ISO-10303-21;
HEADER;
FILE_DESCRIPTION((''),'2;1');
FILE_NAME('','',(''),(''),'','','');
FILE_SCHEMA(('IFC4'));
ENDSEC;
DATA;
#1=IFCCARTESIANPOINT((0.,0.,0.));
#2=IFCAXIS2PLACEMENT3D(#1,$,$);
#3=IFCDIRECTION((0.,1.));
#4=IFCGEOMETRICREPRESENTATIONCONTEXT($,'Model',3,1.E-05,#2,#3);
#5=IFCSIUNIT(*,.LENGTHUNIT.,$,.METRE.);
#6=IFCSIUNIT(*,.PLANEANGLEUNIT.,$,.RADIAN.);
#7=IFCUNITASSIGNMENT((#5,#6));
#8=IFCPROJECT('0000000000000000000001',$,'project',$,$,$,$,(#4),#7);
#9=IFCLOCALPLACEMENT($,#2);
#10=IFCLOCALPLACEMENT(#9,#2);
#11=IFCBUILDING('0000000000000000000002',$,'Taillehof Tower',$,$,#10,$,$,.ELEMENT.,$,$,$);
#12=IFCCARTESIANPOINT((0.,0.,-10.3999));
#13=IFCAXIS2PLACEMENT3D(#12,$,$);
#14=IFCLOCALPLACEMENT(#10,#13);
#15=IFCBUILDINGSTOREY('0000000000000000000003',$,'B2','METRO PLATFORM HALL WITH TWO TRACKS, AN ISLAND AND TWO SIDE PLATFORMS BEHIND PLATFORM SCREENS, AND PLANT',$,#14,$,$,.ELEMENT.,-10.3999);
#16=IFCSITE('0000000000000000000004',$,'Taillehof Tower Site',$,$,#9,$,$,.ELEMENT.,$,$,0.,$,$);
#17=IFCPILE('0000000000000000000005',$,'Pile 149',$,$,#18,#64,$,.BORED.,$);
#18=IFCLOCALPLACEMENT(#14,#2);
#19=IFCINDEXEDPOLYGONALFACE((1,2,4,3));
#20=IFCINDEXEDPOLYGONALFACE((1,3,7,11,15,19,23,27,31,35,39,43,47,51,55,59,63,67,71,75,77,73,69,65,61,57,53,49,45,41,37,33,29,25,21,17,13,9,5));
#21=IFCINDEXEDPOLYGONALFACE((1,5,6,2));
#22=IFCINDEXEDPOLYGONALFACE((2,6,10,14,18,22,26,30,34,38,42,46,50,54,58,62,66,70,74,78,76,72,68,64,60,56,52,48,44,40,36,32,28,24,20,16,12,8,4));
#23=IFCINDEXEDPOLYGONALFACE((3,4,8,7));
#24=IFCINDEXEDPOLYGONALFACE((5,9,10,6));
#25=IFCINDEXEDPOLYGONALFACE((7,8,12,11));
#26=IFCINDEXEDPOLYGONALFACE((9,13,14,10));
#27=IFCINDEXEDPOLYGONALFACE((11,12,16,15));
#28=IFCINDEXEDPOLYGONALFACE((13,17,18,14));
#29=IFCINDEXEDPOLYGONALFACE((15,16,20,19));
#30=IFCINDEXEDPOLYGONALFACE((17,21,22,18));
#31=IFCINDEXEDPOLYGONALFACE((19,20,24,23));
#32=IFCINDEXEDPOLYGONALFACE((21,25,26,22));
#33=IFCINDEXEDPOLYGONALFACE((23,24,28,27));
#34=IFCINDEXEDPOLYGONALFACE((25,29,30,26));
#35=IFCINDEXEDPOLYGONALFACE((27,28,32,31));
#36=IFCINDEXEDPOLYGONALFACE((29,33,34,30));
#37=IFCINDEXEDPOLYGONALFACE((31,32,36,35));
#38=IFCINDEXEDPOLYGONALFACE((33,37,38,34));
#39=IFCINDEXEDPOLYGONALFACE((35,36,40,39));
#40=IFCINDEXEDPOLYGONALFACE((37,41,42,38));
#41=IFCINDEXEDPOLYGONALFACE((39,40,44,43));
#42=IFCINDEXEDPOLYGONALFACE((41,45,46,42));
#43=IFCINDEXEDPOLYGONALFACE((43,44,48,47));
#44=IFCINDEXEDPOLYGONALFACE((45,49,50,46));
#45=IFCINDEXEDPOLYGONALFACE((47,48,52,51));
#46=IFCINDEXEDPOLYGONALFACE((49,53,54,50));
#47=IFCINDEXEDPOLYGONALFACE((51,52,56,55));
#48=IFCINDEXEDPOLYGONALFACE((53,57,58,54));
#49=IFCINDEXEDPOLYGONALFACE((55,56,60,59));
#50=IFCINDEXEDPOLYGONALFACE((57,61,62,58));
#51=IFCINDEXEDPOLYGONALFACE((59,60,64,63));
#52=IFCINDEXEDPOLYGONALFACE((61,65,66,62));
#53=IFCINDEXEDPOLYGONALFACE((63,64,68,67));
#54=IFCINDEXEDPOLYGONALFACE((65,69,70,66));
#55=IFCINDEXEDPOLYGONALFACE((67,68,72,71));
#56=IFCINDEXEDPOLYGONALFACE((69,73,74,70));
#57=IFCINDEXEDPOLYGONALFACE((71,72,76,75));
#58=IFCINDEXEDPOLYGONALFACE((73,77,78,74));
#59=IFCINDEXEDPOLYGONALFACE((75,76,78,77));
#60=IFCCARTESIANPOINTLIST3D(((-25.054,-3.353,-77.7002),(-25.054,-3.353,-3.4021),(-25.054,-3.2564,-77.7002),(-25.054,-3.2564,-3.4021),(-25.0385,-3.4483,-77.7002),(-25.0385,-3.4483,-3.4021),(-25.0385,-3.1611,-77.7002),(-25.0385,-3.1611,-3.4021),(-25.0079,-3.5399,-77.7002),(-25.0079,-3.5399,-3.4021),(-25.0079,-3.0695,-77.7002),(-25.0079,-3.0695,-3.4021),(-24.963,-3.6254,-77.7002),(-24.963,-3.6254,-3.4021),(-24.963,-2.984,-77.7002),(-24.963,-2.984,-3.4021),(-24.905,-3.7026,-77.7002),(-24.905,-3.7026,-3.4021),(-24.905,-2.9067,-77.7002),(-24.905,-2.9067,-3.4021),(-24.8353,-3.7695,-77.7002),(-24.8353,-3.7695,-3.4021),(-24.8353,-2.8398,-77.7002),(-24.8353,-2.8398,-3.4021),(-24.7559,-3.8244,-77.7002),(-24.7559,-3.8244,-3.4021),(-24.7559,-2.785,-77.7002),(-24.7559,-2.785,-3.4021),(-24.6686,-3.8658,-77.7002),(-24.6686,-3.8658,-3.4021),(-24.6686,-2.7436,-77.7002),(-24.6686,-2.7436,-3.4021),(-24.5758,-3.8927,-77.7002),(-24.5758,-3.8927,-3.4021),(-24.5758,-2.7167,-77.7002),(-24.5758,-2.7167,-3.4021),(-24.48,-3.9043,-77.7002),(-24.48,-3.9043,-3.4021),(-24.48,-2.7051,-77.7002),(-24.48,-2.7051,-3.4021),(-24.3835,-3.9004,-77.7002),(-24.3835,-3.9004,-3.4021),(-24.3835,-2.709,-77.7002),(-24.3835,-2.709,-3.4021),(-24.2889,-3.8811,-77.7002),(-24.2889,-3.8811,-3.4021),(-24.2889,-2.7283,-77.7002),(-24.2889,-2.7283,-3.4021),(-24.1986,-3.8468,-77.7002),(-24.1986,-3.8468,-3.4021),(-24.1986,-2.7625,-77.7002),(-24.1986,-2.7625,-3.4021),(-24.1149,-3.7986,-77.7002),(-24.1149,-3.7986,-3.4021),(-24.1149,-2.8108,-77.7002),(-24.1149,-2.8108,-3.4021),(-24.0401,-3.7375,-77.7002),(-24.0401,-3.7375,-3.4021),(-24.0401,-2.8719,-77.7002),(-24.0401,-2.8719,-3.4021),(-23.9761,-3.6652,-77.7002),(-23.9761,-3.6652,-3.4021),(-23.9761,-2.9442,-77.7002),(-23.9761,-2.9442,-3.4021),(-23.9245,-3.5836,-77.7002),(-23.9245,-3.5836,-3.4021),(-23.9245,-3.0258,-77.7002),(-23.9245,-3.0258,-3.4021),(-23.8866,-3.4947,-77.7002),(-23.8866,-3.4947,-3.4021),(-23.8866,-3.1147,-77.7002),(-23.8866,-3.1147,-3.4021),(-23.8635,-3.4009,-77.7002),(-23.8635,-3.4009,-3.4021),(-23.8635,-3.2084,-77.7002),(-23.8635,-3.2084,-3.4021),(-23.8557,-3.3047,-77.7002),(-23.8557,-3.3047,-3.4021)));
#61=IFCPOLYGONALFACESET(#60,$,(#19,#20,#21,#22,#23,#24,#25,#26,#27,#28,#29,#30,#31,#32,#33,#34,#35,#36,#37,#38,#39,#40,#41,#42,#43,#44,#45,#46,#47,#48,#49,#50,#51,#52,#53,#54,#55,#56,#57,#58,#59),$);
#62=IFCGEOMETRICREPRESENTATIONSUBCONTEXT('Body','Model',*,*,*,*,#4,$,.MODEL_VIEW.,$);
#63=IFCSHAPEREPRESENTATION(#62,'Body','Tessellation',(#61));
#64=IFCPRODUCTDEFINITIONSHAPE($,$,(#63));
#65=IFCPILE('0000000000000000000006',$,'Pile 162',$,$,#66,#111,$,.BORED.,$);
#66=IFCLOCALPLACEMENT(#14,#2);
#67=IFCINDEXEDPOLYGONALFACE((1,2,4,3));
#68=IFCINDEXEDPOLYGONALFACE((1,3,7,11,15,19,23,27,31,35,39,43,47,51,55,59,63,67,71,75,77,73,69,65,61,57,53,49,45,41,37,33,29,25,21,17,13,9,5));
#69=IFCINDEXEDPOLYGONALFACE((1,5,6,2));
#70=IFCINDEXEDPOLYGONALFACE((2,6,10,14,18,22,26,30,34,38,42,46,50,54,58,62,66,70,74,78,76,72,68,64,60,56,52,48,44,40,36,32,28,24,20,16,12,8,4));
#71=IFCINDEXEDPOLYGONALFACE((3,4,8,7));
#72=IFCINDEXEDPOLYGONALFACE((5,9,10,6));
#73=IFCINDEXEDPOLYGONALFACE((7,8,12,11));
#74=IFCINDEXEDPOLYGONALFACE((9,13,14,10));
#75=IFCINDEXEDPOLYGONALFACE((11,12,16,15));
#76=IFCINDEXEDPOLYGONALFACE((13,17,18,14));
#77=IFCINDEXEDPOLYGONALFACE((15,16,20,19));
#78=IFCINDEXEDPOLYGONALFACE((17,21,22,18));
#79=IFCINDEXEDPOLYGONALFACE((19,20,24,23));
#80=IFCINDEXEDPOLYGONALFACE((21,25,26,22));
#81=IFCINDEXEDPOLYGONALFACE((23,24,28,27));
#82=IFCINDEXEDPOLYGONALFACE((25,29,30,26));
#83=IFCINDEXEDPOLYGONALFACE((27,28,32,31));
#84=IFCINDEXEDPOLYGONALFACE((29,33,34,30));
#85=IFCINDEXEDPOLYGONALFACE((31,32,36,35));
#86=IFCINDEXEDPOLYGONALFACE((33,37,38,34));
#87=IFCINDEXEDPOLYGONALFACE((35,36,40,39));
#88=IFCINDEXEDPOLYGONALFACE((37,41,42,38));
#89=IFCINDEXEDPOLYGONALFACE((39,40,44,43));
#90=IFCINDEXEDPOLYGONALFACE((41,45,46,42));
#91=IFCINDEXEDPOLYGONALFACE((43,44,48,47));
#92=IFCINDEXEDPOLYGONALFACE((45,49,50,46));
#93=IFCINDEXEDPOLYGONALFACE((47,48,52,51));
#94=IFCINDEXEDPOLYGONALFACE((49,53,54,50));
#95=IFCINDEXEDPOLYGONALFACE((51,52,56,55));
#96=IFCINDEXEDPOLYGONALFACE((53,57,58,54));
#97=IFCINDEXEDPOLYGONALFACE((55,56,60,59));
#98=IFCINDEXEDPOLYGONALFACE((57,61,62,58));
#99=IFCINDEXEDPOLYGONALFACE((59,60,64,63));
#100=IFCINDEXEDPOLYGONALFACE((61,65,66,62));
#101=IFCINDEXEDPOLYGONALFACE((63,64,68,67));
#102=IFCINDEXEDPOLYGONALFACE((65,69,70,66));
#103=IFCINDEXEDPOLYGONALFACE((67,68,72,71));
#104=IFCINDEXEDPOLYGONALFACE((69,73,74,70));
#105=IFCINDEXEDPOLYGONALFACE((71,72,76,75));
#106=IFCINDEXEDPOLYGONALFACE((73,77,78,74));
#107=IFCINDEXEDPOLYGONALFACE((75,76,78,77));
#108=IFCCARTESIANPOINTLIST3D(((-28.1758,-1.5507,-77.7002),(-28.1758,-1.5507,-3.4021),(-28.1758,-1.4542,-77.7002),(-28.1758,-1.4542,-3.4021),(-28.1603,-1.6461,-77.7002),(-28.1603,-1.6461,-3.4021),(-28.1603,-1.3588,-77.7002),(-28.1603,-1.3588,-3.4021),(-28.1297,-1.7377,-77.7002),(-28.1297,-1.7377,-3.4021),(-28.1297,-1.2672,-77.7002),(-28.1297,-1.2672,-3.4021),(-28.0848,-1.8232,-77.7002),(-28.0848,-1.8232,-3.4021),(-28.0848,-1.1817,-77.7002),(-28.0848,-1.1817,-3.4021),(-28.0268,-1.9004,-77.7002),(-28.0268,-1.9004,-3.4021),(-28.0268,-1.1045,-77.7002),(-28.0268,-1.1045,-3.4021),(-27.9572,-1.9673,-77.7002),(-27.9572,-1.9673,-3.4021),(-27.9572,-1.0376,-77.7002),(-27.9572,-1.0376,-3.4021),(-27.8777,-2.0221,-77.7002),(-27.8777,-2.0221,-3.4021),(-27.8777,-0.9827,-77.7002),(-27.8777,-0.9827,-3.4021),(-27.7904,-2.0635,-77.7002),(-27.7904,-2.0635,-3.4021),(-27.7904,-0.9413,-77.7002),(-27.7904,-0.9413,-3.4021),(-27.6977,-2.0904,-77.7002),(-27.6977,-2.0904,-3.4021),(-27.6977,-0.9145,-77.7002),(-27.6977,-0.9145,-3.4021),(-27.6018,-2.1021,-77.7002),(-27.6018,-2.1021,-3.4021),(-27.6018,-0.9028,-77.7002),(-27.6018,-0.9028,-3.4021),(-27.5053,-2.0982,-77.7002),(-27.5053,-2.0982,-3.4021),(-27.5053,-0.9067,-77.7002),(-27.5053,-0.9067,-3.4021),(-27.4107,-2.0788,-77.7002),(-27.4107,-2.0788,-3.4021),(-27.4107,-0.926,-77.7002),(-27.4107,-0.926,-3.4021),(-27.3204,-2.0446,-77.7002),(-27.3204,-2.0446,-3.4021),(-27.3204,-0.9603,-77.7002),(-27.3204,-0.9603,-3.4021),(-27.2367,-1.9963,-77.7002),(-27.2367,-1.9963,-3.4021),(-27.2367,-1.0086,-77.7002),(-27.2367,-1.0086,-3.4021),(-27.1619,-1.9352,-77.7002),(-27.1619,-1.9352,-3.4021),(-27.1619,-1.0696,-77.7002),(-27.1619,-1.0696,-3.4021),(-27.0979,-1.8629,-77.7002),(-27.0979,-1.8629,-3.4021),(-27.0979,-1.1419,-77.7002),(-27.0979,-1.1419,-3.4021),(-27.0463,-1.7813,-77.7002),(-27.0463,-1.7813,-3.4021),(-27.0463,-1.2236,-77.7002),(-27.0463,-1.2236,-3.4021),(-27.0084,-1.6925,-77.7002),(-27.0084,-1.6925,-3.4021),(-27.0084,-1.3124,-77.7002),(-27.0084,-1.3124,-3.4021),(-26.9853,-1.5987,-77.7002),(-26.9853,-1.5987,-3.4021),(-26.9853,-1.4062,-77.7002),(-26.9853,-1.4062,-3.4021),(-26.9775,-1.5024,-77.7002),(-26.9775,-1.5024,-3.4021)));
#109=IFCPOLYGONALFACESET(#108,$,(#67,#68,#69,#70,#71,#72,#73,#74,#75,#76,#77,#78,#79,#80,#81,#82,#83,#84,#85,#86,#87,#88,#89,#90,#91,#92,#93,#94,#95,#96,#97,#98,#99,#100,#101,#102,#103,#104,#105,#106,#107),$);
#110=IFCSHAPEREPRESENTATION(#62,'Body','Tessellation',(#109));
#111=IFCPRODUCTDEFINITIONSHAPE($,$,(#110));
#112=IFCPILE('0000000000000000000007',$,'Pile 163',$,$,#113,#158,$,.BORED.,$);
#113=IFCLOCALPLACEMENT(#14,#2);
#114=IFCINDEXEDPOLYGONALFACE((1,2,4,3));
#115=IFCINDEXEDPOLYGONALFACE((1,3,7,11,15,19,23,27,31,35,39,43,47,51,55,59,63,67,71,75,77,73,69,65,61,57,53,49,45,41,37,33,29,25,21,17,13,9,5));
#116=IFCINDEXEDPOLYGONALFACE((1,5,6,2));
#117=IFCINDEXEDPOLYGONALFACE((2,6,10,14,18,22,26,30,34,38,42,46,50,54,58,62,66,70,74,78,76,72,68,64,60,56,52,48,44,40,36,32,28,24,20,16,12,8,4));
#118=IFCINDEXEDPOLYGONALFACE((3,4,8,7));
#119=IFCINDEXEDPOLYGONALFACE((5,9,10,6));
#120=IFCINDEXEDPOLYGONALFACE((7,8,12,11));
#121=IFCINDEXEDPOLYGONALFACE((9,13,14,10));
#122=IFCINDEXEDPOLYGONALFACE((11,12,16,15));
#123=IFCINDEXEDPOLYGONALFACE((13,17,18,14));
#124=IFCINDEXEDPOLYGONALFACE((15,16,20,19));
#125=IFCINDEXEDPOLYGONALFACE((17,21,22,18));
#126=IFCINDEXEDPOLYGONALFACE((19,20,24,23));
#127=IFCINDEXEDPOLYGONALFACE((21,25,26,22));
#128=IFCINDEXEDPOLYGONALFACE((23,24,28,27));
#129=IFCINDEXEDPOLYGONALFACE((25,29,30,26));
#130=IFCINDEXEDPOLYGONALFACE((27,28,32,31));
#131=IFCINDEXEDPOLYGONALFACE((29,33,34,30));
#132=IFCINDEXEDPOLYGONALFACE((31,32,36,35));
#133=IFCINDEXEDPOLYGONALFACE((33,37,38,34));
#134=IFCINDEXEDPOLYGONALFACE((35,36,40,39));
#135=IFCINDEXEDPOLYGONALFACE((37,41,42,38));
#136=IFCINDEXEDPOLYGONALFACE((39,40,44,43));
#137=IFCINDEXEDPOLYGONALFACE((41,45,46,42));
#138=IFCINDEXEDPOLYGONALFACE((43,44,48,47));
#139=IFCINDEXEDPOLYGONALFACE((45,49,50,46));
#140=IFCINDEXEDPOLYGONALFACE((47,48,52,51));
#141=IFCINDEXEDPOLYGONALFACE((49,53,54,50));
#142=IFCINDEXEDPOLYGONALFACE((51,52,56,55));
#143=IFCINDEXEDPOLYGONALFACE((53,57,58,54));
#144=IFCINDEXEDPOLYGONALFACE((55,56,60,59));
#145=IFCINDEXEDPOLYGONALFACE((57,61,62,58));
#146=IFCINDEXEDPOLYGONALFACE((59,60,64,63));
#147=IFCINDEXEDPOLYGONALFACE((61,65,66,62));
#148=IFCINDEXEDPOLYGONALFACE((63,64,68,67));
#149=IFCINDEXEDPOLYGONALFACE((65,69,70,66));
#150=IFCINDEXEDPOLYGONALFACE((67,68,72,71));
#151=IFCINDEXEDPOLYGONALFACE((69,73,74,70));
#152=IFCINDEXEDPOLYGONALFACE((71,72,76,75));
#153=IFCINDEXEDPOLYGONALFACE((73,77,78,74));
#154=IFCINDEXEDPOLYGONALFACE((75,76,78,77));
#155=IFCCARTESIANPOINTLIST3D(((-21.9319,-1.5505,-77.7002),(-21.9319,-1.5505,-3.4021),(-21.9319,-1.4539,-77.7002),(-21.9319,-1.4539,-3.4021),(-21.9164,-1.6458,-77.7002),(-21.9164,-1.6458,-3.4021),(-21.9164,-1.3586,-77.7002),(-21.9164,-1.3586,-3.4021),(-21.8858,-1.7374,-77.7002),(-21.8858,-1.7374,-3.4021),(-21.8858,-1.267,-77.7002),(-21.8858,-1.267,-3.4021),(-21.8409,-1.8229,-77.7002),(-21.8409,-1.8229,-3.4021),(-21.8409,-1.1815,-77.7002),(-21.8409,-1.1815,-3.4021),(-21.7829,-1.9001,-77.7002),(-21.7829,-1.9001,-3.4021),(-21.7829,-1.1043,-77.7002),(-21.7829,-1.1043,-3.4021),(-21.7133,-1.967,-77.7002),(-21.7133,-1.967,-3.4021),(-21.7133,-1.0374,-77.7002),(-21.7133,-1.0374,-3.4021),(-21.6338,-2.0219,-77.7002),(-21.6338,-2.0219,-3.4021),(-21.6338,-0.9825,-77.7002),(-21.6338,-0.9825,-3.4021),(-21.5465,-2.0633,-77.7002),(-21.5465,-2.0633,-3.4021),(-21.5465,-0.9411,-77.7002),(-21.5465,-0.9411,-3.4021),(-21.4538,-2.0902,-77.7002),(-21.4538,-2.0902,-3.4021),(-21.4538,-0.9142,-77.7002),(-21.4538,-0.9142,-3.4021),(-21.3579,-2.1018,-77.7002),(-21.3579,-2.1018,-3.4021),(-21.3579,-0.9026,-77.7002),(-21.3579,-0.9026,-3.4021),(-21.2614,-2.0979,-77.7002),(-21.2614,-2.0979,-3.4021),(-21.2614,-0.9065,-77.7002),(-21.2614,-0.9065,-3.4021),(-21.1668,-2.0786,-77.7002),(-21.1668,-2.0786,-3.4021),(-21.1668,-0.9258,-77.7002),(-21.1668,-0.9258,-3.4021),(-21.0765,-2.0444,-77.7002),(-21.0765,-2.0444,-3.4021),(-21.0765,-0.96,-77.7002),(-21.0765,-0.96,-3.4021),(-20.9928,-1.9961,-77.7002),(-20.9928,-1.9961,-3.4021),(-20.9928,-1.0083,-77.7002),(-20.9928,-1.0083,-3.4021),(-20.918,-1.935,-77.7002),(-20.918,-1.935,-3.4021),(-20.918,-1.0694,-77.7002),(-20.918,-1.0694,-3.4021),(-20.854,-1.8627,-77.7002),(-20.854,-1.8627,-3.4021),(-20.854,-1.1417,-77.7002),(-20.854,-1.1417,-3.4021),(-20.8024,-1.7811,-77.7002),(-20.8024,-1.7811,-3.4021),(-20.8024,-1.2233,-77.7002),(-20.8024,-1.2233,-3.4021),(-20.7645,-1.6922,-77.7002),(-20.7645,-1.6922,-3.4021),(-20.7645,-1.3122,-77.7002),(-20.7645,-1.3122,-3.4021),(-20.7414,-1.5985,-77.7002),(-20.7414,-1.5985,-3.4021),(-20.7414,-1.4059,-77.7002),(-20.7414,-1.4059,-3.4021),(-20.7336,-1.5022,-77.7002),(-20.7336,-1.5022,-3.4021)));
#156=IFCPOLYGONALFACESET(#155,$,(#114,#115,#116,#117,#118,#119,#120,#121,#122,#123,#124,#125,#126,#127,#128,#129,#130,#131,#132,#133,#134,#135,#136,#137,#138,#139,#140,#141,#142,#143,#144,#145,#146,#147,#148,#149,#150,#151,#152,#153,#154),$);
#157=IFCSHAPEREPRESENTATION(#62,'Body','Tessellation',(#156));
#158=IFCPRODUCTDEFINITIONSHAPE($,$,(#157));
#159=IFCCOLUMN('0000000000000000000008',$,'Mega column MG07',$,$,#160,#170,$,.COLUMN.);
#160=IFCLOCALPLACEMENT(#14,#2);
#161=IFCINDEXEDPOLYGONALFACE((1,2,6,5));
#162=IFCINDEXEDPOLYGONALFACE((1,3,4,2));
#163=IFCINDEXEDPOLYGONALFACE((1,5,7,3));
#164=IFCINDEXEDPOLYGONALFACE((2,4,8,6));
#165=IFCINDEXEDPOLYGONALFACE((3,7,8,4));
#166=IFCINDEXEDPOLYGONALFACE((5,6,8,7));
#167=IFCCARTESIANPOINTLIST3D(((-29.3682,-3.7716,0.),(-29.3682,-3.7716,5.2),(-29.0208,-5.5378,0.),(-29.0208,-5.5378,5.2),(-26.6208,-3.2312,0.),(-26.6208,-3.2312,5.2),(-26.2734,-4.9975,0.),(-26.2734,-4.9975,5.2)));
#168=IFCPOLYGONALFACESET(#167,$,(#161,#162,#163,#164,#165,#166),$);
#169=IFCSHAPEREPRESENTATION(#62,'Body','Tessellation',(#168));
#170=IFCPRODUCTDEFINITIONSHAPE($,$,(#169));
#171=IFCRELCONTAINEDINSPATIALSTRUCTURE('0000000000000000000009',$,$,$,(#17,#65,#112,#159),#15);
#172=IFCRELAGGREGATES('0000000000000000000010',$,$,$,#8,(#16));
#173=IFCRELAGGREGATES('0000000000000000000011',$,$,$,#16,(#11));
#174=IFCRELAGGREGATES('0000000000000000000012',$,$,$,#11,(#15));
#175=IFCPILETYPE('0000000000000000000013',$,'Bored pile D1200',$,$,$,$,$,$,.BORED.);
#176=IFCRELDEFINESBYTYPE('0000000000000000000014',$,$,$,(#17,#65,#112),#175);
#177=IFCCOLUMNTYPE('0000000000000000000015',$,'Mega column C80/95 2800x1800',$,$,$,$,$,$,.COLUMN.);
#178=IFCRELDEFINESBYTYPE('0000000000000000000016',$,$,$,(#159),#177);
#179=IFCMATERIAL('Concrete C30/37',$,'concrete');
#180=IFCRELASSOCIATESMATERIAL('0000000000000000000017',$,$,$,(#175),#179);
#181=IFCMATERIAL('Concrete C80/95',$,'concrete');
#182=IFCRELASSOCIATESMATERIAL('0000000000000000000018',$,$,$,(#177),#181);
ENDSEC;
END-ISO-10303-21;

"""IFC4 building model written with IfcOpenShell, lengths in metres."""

from ifc_helpers import new_model, si_unit, direction, frame, origin, origin_2d, place, context, subcontext, project, spatial, rectangle, circle, extrude, material, material_profile, profile_set, type_object, element, save


model = new_model("IFC4")

# Units and contexts
model_context = context("Model", 3, precision=1e-05, world=origin(), true_north=direction((0.0, 1.0)))
body_context = subcontext(model_context, "Body", "Model", "MODEL_VIEW")
ifc_project = project(units=[si_unit("LENGTHUNIT", "METRE"), si_unit("PLANEANGLEUNIT", "RADIAN")], contexts=[model_context])

# Site, building, storey
site_placement = place(None, origin())
site = spatial("IfcSite", under=ifc_project, at=site_placement, Name="Taillehof Tower Site", CompositionType="ELEMENT", RefElevation=0.0)
building_placement = place(site_placement, origin())
building = spatial("IfcBuilding", under=site, at=building_placement, Name="Taillehof Tower", CompositionType="ELEMENT")
storey_placement = place(building_placement, frame((0.0, 0.0, -10.3999)))
storey = spatial("IfcBuildingStorey", under=building, at=storey_placement, Name="B2", Description="METRO PLATFORM HALL WITH TWO TRACKS, AN ISLAND AND TWO SIDE PLATFORMS BEHIND PLATFORM SCREENS, AND PLANT", CompositionType="ELEMENT", Elevation=-10.3999)

# Piles
ifc_material_1 = material(Name="Concrete C30/37", Category="concrete")
ifc_material_profile_1 = material_profile(ifc_material_1, circle(Radius=0.6001, at=origin_2d()), Name="BP D1200")
ifc_profile_set_1 = profile_set([ifc_material_profile_1], Name="Concrete C30/37")
pile_type = type_object("IfcPileType", Name="Bored pile D1200", PredefinedType="BORED", material=ifc_profile_set_1)
for number, where, z_axis, x_axis, name in (
    (1, (-24.4558, -3.3047, -3.4021), (0.0, 0.0, -1.0), (1.0, 0.0, 0.0), "Pile 149"),
    (2, (-27.5776, -1.5024, -3.4021), (0.0, 0.0, -1.0), (1.0, 0.0, 0.0), "Pile 162"),
    (3, (-21.3337, -1.5022, -3.4021), (0.0, 0.0, -1.0), (1.0, 0.0, 0.0), "Pile 163"),
):
    element("IfcPile", number, at=place(storey_placement, frame(where, z_axis=z_axis, x_axis=x_axis)), inside=storey, type_object=pile_type, Name=name, PredefinedType="BORED", context=body_context, shape_type="SweptSolid", body=[
        extrude(circle(Radius=0.6001, at=origin_2d()), origin(), (0.0, 0.0, 1.0), 74.2981),
    ])

# Column
ifc_material_2 = material(Name="Concrete C80/95", Category="concrete")
ifc_material_profile_2 = material_profile(ifc_material_2, rectangle(XDim=2.8, YDim=1.8, at=origin_2d()), Name="RC 2800x1800")
ifc_profile_set_2 = profile_set([ifc_material_profile_2], Name="Concrete C80/95")
column_type = type_object("IfcColumnType", Name="Mega column C80/95 2800x1800", PredefinedType="COLUMN", material=ifc_profile_set_2)
column_placement = place(storey_placement, frame((-27.8208, -4.3845, 0.0), z_axis=(0.0, 0.0, 1.0), x_axis=(-0.981204, -0.192976, 0.0)))
element("IfcColumn", 4, at=column_placement, inside=storey, type_object=column_type, Name="Mega column MG07", PredefinedType="COLUMN", context=body_context, shape_type="SweptSolid", body=[
    extrude(rectangle(XDim=2.8, YDim=1.8, at=origin_2d()), origin(), (0.0, 0.0, 1.0), 5.2),
])

save(model, "model.ifc")
